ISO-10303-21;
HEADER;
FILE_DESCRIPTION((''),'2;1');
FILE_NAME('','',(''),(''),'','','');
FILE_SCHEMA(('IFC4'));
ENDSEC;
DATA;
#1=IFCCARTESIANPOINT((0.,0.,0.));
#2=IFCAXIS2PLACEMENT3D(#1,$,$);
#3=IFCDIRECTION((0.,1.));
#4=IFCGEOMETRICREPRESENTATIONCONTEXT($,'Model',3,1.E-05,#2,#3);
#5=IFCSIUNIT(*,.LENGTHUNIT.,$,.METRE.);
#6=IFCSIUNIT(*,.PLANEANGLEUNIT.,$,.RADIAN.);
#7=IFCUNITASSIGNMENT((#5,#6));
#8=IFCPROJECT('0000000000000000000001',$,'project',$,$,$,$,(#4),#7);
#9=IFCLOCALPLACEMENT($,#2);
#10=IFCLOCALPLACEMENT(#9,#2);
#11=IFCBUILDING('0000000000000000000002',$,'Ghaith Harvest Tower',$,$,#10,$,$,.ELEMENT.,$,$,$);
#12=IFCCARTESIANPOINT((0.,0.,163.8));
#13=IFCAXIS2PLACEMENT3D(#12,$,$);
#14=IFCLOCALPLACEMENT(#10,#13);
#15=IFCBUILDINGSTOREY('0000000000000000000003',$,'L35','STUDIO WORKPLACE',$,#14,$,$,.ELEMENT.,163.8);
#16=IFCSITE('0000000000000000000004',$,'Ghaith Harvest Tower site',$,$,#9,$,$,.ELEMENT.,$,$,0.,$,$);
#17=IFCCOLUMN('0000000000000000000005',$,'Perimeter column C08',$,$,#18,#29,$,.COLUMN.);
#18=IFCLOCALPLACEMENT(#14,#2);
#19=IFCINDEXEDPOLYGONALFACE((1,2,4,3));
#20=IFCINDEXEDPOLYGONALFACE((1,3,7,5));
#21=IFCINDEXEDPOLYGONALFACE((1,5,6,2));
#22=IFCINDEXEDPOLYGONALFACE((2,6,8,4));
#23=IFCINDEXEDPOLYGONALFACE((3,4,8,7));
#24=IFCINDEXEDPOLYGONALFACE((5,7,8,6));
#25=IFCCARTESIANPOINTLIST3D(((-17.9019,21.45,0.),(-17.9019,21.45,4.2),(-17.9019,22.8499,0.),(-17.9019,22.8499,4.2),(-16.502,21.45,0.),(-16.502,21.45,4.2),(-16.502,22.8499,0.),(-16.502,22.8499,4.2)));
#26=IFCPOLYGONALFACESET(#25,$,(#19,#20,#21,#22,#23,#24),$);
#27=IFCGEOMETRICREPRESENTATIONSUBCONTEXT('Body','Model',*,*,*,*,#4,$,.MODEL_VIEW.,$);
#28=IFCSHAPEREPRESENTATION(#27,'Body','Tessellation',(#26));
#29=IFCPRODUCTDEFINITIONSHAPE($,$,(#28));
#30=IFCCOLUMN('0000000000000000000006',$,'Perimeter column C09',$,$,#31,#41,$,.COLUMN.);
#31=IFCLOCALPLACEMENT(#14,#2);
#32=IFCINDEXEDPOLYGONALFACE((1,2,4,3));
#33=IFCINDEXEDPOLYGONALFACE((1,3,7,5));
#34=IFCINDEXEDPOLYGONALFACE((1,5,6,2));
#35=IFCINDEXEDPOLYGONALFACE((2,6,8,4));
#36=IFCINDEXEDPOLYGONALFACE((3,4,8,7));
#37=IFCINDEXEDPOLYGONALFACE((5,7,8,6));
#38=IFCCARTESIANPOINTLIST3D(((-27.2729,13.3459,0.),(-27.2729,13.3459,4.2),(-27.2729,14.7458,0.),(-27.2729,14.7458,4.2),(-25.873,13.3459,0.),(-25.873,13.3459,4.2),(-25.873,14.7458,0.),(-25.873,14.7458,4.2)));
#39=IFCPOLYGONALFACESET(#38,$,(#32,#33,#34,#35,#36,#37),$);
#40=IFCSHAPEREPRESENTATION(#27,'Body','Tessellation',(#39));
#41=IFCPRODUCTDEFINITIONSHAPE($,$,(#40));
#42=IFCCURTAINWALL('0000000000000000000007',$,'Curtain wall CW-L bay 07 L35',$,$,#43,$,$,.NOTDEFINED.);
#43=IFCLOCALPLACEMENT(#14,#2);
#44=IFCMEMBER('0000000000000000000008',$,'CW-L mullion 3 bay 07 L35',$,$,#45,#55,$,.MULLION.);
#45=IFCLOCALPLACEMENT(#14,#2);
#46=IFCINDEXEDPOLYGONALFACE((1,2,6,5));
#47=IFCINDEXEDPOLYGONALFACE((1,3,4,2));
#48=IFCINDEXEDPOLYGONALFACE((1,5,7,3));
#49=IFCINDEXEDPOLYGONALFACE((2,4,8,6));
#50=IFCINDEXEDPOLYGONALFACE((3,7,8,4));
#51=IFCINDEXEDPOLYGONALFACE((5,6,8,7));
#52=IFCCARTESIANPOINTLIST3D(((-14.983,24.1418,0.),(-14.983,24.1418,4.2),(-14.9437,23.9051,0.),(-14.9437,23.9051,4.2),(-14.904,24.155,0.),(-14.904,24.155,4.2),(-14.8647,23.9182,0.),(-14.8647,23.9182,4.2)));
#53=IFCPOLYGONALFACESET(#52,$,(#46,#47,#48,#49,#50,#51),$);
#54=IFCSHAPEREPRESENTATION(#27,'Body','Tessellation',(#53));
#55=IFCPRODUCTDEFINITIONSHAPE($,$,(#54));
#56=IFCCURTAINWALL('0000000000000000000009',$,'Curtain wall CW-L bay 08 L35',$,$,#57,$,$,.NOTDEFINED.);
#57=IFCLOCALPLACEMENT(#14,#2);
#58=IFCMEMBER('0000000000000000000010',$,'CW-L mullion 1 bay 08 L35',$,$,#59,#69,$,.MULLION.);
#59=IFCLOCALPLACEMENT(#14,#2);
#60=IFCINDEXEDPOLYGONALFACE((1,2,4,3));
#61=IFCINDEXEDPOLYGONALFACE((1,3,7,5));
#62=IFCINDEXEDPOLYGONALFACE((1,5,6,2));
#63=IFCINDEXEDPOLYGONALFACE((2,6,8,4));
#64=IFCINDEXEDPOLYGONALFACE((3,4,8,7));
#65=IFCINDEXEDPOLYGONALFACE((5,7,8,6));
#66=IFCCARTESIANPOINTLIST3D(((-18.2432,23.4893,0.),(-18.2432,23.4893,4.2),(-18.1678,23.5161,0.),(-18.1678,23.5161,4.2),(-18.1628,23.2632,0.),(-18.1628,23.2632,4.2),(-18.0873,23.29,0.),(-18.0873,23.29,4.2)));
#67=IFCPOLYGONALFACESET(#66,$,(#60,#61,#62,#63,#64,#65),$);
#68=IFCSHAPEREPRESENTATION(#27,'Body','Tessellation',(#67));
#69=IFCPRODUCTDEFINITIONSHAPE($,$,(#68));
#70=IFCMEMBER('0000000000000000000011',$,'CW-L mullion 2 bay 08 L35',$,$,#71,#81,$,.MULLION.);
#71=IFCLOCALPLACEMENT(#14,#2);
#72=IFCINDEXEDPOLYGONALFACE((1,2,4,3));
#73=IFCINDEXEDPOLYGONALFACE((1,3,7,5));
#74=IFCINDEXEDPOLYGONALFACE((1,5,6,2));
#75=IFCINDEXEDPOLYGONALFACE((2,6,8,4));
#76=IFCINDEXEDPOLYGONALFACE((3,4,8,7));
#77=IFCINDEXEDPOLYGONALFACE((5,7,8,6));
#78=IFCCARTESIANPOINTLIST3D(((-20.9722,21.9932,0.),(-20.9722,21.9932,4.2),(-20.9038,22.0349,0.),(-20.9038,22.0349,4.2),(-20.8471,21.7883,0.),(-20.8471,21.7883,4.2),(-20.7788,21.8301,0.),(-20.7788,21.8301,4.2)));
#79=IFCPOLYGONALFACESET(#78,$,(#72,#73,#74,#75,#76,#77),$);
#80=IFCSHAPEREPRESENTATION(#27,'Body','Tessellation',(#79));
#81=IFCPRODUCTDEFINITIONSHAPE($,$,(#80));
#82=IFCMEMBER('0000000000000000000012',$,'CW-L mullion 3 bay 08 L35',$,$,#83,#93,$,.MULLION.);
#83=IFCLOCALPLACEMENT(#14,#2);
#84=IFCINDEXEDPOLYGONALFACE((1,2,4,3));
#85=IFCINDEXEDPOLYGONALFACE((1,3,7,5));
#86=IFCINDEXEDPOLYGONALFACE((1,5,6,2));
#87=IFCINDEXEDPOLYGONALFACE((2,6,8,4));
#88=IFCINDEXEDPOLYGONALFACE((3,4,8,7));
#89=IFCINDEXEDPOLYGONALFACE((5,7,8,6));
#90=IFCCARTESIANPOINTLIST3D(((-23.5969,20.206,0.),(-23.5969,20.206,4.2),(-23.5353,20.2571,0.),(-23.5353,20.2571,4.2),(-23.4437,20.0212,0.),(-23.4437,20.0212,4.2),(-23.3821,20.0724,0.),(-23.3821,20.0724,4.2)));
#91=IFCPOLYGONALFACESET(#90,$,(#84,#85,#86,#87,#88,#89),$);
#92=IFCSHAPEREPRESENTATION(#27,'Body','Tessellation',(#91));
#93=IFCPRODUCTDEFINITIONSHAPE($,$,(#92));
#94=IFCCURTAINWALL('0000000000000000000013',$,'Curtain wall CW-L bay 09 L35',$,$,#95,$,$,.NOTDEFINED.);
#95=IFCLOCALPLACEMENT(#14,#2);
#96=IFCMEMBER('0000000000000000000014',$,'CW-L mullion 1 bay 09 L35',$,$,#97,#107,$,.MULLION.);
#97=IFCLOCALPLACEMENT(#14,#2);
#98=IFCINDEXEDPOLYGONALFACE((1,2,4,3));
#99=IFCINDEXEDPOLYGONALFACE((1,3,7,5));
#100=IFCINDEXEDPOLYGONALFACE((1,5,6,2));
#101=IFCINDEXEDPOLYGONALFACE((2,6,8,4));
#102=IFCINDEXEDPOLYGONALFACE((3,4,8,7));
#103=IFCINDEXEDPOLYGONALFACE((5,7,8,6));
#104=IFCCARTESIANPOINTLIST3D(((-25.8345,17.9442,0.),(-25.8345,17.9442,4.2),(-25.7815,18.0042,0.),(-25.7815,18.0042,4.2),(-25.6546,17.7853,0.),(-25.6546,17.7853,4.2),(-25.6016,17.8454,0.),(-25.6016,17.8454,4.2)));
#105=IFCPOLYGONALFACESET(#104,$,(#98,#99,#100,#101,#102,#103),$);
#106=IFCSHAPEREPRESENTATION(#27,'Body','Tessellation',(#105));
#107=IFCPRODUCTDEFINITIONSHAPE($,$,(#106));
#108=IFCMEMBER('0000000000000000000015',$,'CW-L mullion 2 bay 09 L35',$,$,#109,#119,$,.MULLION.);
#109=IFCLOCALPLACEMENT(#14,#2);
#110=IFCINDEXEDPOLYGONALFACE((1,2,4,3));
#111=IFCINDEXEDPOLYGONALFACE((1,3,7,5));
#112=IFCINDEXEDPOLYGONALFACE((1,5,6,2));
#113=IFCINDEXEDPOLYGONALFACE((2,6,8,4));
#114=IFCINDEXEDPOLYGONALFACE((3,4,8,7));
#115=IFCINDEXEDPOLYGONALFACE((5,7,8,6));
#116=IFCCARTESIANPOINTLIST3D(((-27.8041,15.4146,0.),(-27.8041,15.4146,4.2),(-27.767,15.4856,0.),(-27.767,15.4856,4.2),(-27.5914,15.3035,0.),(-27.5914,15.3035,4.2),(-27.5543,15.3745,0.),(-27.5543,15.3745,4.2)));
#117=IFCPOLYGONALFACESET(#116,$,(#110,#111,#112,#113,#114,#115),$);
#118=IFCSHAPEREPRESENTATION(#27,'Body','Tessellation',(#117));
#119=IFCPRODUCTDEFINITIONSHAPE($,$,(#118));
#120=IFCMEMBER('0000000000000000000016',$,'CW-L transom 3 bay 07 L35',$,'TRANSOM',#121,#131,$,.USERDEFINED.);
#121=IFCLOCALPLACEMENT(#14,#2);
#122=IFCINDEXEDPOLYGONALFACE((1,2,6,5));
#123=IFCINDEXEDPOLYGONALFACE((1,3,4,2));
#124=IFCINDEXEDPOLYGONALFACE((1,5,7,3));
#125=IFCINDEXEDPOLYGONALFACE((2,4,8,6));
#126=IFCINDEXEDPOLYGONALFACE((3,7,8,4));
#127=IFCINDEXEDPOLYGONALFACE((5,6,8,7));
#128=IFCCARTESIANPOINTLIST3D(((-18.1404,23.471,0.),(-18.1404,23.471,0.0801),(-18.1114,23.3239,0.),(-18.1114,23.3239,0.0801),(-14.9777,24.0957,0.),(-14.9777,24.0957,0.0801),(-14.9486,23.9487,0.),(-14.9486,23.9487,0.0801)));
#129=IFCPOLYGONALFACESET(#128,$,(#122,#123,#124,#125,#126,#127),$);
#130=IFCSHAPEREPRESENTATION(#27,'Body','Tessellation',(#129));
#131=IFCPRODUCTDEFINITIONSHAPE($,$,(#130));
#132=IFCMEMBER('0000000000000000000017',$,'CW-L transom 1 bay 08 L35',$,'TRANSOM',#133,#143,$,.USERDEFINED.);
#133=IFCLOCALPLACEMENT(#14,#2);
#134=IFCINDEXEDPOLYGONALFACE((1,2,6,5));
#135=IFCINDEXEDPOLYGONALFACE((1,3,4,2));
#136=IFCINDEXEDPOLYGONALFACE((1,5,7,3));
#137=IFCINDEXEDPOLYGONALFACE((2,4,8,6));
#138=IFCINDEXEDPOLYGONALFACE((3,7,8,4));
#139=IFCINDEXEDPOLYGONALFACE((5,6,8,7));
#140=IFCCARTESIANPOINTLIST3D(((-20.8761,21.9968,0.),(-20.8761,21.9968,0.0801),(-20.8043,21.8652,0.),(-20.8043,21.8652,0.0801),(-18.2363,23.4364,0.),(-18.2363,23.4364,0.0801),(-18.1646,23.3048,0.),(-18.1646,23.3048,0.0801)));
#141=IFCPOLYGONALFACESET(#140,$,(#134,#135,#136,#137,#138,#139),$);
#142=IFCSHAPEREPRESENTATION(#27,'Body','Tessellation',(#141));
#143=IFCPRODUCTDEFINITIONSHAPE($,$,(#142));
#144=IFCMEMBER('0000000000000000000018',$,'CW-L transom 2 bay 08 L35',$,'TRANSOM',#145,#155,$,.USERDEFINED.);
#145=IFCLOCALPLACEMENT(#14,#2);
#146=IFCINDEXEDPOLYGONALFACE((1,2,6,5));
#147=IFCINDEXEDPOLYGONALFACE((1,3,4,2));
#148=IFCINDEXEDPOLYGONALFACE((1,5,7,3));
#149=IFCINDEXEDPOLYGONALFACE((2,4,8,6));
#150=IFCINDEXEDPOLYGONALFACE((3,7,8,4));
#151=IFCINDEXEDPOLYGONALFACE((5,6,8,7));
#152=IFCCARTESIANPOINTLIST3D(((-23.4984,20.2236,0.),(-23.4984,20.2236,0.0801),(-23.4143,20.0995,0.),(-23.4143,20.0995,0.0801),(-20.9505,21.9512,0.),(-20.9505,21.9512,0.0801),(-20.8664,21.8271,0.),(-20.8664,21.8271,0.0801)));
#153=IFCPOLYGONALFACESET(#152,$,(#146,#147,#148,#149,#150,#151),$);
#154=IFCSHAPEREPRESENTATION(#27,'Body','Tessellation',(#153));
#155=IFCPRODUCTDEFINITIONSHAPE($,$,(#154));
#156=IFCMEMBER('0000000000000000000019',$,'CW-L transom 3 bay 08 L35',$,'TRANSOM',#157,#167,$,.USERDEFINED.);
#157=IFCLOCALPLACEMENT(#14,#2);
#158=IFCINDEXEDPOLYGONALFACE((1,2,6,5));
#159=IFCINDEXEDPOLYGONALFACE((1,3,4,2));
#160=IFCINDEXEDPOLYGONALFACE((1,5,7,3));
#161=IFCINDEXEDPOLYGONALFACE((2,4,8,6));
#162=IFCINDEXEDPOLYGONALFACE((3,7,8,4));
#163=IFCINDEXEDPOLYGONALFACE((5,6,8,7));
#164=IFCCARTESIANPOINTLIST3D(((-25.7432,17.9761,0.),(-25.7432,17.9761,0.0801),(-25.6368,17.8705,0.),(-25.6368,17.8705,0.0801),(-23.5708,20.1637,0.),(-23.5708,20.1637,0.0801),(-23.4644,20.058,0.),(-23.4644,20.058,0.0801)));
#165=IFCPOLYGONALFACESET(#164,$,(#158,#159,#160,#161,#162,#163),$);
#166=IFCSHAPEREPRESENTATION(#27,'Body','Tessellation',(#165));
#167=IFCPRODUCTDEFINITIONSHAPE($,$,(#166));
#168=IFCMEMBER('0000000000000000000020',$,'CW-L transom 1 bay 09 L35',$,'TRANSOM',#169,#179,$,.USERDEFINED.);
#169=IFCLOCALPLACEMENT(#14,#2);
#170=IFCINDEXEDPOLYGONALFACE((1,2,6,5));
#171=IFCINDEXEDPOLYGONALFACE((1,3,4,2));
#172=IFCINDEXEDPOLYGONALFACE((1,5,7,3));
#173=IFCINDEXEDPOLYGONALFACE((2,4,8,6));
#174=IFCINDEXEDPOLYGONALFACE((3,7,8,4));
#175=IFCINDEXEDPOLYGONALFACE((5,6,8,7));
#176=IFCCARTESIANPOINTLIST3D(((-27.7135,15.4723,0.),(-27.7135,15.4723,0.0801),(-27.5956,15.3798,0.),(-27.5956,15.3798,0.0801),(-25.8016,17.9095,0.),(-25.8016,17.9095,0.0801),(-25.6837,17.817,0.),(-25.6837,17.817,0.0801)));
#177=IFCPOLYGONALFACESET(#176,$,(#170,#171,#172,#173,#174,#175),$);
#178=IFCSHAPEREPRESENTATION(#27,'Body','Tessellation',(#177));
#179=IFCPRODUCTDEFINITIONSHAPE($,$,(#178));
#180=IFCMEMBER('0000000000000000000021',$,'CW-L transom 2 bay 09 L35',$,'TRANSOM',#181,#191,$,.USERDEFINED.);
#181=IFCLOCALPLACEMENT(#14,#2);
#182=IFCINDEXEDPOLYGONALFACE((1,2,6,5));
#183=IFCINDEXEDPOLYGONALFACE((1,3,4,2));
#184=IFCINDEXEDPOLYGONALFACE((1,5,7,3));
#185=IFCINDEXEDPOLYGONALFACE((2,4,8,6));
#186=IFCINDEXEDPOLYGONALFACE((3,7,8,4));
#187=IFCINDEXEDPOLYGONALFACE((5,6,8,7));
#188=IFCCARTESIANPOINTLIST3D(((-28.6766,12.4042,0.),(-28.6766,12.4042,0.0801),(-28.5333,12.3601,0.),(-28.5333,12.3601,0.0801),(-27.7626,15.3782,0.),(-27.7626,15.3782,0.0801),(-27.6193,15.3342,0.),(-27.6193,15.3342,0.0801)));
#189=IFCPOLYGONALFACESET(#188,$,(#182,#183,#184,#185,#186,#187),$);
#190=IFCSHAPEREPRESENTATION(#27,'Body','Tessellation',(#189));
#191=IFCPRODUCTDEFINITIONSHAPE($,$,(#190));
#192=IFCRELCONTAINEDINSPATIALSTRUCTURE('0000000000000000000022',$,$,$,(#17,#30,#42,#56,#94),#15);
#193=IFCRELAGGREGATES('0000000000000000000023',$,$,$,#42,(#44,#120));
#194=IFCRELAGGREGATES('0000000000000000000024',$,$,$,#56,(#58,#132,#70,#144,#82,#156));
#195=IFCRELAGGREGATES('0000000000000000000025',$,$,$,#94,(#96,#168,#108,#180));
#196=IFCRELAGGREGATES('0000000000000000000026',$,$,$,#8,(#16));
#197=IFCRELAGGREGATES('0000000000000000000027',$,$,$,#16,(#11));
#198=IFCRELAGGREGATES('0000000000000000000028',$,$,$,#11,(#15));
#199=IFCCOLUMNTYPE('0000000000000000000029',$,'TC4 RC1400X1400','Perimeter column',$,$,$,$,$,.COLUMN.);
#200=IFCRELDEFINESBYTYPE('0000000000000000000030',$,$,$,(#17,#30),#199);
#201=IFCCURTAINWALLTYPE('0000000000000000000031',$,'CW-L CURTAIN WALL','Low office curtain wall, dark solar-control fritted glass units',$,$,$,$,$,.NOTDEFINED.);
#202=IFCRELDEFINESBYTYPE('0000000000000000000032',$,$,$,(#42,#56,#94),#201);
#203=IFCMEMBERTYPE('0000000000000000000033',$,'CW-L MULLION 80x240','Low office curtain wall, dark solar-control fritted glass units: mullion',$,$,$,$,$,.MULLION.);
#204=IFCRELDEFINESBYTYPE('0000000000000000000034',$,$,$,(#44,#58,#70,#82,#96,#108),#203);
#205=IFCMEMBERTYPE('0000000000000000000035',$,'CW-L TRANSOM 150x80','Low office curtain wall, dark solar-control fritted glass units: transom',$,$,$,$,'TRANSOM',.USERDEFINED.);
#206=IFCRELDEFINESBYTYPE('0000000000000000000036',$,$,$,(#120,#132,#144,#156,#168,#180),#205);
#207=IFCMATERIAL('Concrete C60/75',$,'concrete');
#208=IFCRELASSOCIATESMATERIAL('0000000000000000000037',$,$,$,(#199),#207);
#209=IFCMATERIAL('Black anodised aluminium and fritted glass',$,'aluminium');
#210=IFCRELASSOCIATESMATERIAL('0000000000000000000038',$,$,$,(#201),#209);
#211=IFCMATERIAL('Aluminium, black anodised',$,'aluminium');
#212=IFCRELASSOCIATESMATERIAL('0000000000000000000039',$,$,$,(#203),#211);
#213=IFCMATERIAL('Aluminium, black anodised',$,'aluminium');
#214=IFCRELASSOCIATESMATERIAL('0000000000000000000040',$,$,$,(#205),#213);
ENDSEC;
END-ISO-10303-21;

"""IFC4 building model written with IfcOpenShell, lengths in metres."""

from ifc_helpers import new_model, si_unit, direction, frame, origin, origin_2d, place, context, subcontext, project, spatial, rectangle, extrude, material, material_profile, profile_set, type_object, element, aggregate, save


model = new_model("IFC4")

# Units and contexts
model_context = context("Model", 3, precision=1e-05, world=origin(), true_north=direction((0.0, 1.0)))
body_context = subcontext(model_context, "Body", "Model", "MODEL_VIEW")
ifc_project = project(units=[si_unit("LENGTHUNIT", "METRE"), si_unit("PLANEANGLEUNIT", "RADIAN")], contexts=[model_context])

# Site, building, storey
site_placement = place(None, origin())
site = spatial("IfcSite", under=ifc_project, at=site_placement, Name="Ghaith Harvest Tower site", CompositionType="ELEMENT", RefElevation=0.0)
building_placement = place(site_placement, origin())
building = spatial("IfcBuilding", under=site, at=building_placement, Name="Ghaith Harvest Tower", CompositionType="ELEMENT")
storey_placement = place(building_placement, frame((0.0, 0.0, 163.8)))
storey = spatial("IfcBuildingStorey", under=building, at=storey_placement, Name="L35", Description="STUDIO WORKPLACE", CompositionType="ELEMENT", Elevation=163.8)

# Columns
ifc_material_1 = material(Name="Concrete C60/75", Category="concrete")
ifc_material_profile_1 = material_profile(ifc_material_1, rectangle(XDim=1.3999, YDim=1.3999, at=origin_2d()), Name="RC1400X1400")
ifc_profile_set_1 = profile_set([ifc_material_profile_1], Name="Concrete C60/75")
column_type = type_object("IfcColumnType", Name="TC4 RC1400X1400", Description="Perimeter column", PredefinedType="COLUMN", material=ifc_profile_set_1)
for number, where, z_axis, x_axis, name in (
    (1, (-17.2019, 22.1499, 0.0), (0.0, 0.0, 1.0), (1.0, 0.0, 0.0), "Perimeter column C08"),
    (2, (-26.573, 14.0459, 0.0), (0.0, 0.0, 1.0), (1.0, 0.0, 0.0), "Perimeter column C09"),
):
    element("IfcColumn", number, at=place(storey_placement, frame(where, z_axis=z_axis, x_axis=x_axis)), inside=storey, type_object=column_type, Name=name, PredefinedType="COLUMN", context=body_context, shape_type="SweptSolid", body=[
        extrude(rectangle(XDim=1.3999, YDim=1.3999, at=origin_2d()), origin(), (0.0, 0.0, 1.0), 4.2),
    ])

# Curtain wall, member
ifc_material_2 = material(Name="Black anodised aluminium and fritted glass", Category="aluminium")
curtain_wall_type = type_object("IfcCurtainWallType", Name="CW-L CURTAIN WALL", Description="Low office curtain wall, dark solar-control fritted glass units", PredefinedType="NOTDEFINED", material=ifc_material_2)
curtain_wall_1_placement = place(storey_placement, origin())
curtain_wall_1 = element("IfcCurtainWall", 3, at=curtain_wall_1_placement, inside=storey, type_object=curtain_wall_type, Name="Curtain wall CW-L bay 07 L35", PredefinedType="NOTDEFINED")
ifc_material_3 = material(Name="Aluminium, black anodised", Category="aluminium")
ifc_material_profile_2 = material_profile(ifc_material_3, rectangle(XDim=0.0801, YDim=0.24, at=origin_2d()), Name="CW-L MULLION 80x240")
ifc_profile_set_2 = profile_set([ifc_material_profile_2], Name="Aluminium, black anodised")
member_type_1 = type_object("IfcMemberType", Name="CW-L MULLION 80x240", Description="Low office curtain wall, dark solar-control fritted glass units: mullion", PredefinedType="MULLION", material=ifc_profile_set_2)
member_1_placement = place(storey_placement, frame((-14.9238, 24.03, 0.0), z_axis=(0.0, 0.0, 1.0), x_axis=(-0.986495, -0.163794, 0.0)))
member_1 = element("IfcMember", 4, at=member_1_placement, type_object=member_type_1, Name="CW-L mullion 3 bay 07 L35", PredefinedType="MULLION", context=body_context, shape_type="SweptSolid", body=[
    extrude(rectangle(XDim=0.0801, YDim=0.24, at=origin_2d()), origin(), (0.0, 0.0, 1.0), 4.2),
])

# Curtain walls, members
curtain_wall_2_placement = place(storey_placement, origin())
curtain_wall_2 = element("IfcCurtainWall", 5, at=curtain_wall_2_placement, inside=storey, type_object=curtain_wall_type, Name="Curtain wall CW-L bay 08 L35", PredefinedType="NOTDEFINED")
member_2_placement = place(storey_placement, frame((-18.1653, 23.3896, 0.0), z_axis=(0.0, 0.0, 1.0), x_axis=(-0.942104, -0.335322, 0.0)))
member_2 = element("IfcMember", 6, at=member_2_placement, type_object=member_type_1, Name="CW-L mullion 1 bay 08 L35", PredefinedType="MULLION", context=body_context, shape_type="SweptSolid", body=[
    extrude(rectangle(XDim=0.0801, YDim=0.24, at=origin_2d()), origin(), (0.0, 0.0, 1.0), 4.2),
])
member_3_placement = place(storey_placement, frame((-20.8755, 21.9116, 0.0), z_axis=(0.0, 0.0, 1.0), x_axis=(-0.853516, -0.521067, 0.0)))
member_3 = element("IfcMember", 7, at=member_3_placement, type_object=member_type_1, Name="CW-L mullion 2 bay 08 L35", PredefinedType="MULLION", context=body_context, shape_type="SweptSolid", body=[
    extrude(rectangle(XDim=0.0801, YDim=0.24, at=origin_2d()), origin(), (0.0, 0.0, 1.0), 4.2),
])
member_4_placement = place(storey_placement, frame((-23.4895, 20.1392, 0.0), z_axis=(0.0, 0.0, 1.0), x_axis=(-0.769683, -0.638427, 0.0)))
member_4 = element("IfcMember", 8, at=member_4_placement, type_object=member_type_1, Name="CW-L mullion 3 bay 08 L35", PredefinedType="MULLION", context=body_context, shape_type="SweptSolid", body=[
    extrude(rectangle(XDim=0.0801, YDim=0.24, at=origin_2d()), origin(), (0.0, 0.0, 1.0), 4.2),
])
curtain_wall_3_placement = place(storey_placement, origin())
curtain_wall_3 = element("IfcCurtainWall", 9, at=curtain_wall_3_placement, inside=storey, type_object=curtain_wall_type, Name="Curtain wall CW-L bay 09 L35", PredefinedType="NOTDEFINED")
member_5_placement = place(storey_placement, frame((-25.718, 17.8948, 0.0), z_axis=(0.0, 0.0, 1.0), x_axis=(-0.661904, -0.749589, 0.0)))
member_5 = element("IfcMember", 10, at=member_5_placement, type_object=member_type_1, Name="CW-L mullion 1 bay 09 L35", PredefinedType="MULLION", context=body_context, shape_type="SweptSolid", body=[
    extrude(rectangle(XDim=0.0801, YDim=0.24, at=origin_2d()), origin(), (0.0, 0.0, 1.0), 4.2),
])
member_6_placement = place(storey_placement, frame((-27.6792, 15.3945, 0.0), z_axis=(0.0, 0.0, 1.0), x_axis=(-0.46289, -0.886416, 0.0)))
member_6 = element("IfcMember", 11, at=member_6_placement, type_object=member_type_1, Name="CW-L mullion 2 bay 09 L35", PredefinedType="MULLION", context=body_context, shape_type="SweptSolid", body=[
    extrude(rectangle(XDim=0.0801, YDim=0.24, at=origin_2d()), origin(), (0.0, 0.0, 1.0), 4.2),
])

# Members
ifc_material_4 = material(Name="Aluminium, black anodised", Category="aluminium")
ifc_material_profile_3 = material_profile(ifc_material_4, rectangle(XDim=0.1499, YDim=0.0801, at=origin_2d()), Name="CW-L TRANSOM 150x80")
ifc_profile_set_3 = profile_set([ifc_material_profile_3], Name="Aluminium, black anodised")
member_type_2 = type_object("IfcMemberType", Name="CW-L TRANSOM 150x80", Description="Low office curtain wall, dark solar-control fritted glass units: transom", ElementType="TRANSOM", PredefinedType="USERDEFINED", material=ifc_profile_set_3)
member_7_placement = place(storey_placement, frame((-14.9631, 24.0222, 0.04), z_axis=(-0.981044, -0.193786, 0.0), x_axis=(0.193786, -0.981044, 0.0)))
member_7 = element("IfcMember", 12, at=member_7_placement, type_object=member_type_2, Name="CW-L transom 3 bay 07 L35", ObjectType="TRANSOM", PredefinedType="USERDEFINED", context=body_context, shape_type="SweptSolid", body=[
    extrude(rectangle(XDim=0.1499, YDim=0.0801, at=origin_2d()), origin(), (0.0, 0.0, 1.0), 3.2239),
])
member_8_placement = place(storey_placement, frame((-18.2004, 23.3706, 0.04), z_axis=(-0.87793, -0.47879, 0.0), x_axis=(0.47879, -0.87793, 0.0)))
member_8 = element("IfcMember", 13, at=member_8_placement, type_object=member_type_2, Name="CW-L transom 1 bay 08 L35", ObjectType="TRANSOM", PredefinedType="USERDEFINED", context=body_context, shape_type="SweptSolid", body=[
    extrude(rectangle(XDim=0.1499, YDim=0.0801, at=origin_2d()), origin(), (0.0, 0.0, 1.0), 3.0068),
])
member_9_placement = place(storey_placement, frame((-20.9084, 21.8892, 0.04), z_axis=(-0.827681, -0.561199, 0.0), x_axis=(0.561199, -0.827681, 0.0)))
member_9 = element("IfcMember", 14, at=member_9_placement, type_object=member_type_2, Name="CW-L transom 2 bay 08 L35", ObjectType="TRANSOM", PredefinedType="USERDEFINED", context=body_context, shape_type="SweptSolid", body=[
    extrude(rectangle(XDim=0.1499, YDim=0.0801, at=origin_2d()), origin(), (0.0, 0.0, 1.0), 3.0784),
])
member_10_placement = place(storey_placement, frame((-23.5176, 20.1108, 0.04), z_axis=(-0.704648, -0.709557, 0.0), x_axis=(0.709557, -0.704648, 0.0)))
member_10 = element("IfcMember", 15, at=member_10_placement, type_object=member_type_2, Name="CW-L transom 3 bay 08 L35", ObjectType="TRANSOM", PredefinedType="USERDEFINED", context=body_context, shape_type="SweptSolid", body=[
    extrude(rectangle(XDim=0.1499, YDim=0.0801, at=origin_2d()), origin(), (0.0, 0.0, 1.0), 3.083),
])
member_11_placement = place(storey_placement, frame((-25.7427, 17.8633, 0.04), z_axis=(-0.617198, -0.786808, 0.0), x_axis=(0.786808, -0.617198, 0.0)))
member_11 = element("IfcMember", 16, at=member_11_placement, type_object=member_type_2, Name="CW-L transom 1 bay 09 L35", ObjectType="TRANSOM", PredefinedType="USERDEFINED", context=body_context, shape_type="SweptSolid", body=[
    extrude(rectangle(XDim=0.1499, YDim=0.0801, at=origin_2d()), origin(), (0.0, 0.0, 1.0), 3.0977),
])
member_12_placement = place(storey_placement, frame((-27.6909, 15.3562, 0.04), z_axis=(-0.293777, -0.955874, 0.0), x_axis=(0.955874, -0.293777, 0.0)))
member_12 = element("IfcMember", 17, at=member_12_placement, type_object=member_type_2, Name="CW-L transom 2 bay 09 L35", ObjectType="TRANSOM", PredefinedType="USERDEFINED", context=body_context, shape_type="SweptSolid", body=[
    extrude(rectangle(XDim=0.1499, YDim=0.0801, at=origin_2d()), origin(), (0.0, 0.0, 1.0), 3.1113),
])

aggregate(curtain_wall_1, [member_1, member_7])
aggregate(curtain_wall_2, [member_2, member_8, member_3, member_9, member_4, member_10])
aggregate(curtain_wall_3, [member_5, member_11, member_6, member_12])

save(model, "model.ifc")
